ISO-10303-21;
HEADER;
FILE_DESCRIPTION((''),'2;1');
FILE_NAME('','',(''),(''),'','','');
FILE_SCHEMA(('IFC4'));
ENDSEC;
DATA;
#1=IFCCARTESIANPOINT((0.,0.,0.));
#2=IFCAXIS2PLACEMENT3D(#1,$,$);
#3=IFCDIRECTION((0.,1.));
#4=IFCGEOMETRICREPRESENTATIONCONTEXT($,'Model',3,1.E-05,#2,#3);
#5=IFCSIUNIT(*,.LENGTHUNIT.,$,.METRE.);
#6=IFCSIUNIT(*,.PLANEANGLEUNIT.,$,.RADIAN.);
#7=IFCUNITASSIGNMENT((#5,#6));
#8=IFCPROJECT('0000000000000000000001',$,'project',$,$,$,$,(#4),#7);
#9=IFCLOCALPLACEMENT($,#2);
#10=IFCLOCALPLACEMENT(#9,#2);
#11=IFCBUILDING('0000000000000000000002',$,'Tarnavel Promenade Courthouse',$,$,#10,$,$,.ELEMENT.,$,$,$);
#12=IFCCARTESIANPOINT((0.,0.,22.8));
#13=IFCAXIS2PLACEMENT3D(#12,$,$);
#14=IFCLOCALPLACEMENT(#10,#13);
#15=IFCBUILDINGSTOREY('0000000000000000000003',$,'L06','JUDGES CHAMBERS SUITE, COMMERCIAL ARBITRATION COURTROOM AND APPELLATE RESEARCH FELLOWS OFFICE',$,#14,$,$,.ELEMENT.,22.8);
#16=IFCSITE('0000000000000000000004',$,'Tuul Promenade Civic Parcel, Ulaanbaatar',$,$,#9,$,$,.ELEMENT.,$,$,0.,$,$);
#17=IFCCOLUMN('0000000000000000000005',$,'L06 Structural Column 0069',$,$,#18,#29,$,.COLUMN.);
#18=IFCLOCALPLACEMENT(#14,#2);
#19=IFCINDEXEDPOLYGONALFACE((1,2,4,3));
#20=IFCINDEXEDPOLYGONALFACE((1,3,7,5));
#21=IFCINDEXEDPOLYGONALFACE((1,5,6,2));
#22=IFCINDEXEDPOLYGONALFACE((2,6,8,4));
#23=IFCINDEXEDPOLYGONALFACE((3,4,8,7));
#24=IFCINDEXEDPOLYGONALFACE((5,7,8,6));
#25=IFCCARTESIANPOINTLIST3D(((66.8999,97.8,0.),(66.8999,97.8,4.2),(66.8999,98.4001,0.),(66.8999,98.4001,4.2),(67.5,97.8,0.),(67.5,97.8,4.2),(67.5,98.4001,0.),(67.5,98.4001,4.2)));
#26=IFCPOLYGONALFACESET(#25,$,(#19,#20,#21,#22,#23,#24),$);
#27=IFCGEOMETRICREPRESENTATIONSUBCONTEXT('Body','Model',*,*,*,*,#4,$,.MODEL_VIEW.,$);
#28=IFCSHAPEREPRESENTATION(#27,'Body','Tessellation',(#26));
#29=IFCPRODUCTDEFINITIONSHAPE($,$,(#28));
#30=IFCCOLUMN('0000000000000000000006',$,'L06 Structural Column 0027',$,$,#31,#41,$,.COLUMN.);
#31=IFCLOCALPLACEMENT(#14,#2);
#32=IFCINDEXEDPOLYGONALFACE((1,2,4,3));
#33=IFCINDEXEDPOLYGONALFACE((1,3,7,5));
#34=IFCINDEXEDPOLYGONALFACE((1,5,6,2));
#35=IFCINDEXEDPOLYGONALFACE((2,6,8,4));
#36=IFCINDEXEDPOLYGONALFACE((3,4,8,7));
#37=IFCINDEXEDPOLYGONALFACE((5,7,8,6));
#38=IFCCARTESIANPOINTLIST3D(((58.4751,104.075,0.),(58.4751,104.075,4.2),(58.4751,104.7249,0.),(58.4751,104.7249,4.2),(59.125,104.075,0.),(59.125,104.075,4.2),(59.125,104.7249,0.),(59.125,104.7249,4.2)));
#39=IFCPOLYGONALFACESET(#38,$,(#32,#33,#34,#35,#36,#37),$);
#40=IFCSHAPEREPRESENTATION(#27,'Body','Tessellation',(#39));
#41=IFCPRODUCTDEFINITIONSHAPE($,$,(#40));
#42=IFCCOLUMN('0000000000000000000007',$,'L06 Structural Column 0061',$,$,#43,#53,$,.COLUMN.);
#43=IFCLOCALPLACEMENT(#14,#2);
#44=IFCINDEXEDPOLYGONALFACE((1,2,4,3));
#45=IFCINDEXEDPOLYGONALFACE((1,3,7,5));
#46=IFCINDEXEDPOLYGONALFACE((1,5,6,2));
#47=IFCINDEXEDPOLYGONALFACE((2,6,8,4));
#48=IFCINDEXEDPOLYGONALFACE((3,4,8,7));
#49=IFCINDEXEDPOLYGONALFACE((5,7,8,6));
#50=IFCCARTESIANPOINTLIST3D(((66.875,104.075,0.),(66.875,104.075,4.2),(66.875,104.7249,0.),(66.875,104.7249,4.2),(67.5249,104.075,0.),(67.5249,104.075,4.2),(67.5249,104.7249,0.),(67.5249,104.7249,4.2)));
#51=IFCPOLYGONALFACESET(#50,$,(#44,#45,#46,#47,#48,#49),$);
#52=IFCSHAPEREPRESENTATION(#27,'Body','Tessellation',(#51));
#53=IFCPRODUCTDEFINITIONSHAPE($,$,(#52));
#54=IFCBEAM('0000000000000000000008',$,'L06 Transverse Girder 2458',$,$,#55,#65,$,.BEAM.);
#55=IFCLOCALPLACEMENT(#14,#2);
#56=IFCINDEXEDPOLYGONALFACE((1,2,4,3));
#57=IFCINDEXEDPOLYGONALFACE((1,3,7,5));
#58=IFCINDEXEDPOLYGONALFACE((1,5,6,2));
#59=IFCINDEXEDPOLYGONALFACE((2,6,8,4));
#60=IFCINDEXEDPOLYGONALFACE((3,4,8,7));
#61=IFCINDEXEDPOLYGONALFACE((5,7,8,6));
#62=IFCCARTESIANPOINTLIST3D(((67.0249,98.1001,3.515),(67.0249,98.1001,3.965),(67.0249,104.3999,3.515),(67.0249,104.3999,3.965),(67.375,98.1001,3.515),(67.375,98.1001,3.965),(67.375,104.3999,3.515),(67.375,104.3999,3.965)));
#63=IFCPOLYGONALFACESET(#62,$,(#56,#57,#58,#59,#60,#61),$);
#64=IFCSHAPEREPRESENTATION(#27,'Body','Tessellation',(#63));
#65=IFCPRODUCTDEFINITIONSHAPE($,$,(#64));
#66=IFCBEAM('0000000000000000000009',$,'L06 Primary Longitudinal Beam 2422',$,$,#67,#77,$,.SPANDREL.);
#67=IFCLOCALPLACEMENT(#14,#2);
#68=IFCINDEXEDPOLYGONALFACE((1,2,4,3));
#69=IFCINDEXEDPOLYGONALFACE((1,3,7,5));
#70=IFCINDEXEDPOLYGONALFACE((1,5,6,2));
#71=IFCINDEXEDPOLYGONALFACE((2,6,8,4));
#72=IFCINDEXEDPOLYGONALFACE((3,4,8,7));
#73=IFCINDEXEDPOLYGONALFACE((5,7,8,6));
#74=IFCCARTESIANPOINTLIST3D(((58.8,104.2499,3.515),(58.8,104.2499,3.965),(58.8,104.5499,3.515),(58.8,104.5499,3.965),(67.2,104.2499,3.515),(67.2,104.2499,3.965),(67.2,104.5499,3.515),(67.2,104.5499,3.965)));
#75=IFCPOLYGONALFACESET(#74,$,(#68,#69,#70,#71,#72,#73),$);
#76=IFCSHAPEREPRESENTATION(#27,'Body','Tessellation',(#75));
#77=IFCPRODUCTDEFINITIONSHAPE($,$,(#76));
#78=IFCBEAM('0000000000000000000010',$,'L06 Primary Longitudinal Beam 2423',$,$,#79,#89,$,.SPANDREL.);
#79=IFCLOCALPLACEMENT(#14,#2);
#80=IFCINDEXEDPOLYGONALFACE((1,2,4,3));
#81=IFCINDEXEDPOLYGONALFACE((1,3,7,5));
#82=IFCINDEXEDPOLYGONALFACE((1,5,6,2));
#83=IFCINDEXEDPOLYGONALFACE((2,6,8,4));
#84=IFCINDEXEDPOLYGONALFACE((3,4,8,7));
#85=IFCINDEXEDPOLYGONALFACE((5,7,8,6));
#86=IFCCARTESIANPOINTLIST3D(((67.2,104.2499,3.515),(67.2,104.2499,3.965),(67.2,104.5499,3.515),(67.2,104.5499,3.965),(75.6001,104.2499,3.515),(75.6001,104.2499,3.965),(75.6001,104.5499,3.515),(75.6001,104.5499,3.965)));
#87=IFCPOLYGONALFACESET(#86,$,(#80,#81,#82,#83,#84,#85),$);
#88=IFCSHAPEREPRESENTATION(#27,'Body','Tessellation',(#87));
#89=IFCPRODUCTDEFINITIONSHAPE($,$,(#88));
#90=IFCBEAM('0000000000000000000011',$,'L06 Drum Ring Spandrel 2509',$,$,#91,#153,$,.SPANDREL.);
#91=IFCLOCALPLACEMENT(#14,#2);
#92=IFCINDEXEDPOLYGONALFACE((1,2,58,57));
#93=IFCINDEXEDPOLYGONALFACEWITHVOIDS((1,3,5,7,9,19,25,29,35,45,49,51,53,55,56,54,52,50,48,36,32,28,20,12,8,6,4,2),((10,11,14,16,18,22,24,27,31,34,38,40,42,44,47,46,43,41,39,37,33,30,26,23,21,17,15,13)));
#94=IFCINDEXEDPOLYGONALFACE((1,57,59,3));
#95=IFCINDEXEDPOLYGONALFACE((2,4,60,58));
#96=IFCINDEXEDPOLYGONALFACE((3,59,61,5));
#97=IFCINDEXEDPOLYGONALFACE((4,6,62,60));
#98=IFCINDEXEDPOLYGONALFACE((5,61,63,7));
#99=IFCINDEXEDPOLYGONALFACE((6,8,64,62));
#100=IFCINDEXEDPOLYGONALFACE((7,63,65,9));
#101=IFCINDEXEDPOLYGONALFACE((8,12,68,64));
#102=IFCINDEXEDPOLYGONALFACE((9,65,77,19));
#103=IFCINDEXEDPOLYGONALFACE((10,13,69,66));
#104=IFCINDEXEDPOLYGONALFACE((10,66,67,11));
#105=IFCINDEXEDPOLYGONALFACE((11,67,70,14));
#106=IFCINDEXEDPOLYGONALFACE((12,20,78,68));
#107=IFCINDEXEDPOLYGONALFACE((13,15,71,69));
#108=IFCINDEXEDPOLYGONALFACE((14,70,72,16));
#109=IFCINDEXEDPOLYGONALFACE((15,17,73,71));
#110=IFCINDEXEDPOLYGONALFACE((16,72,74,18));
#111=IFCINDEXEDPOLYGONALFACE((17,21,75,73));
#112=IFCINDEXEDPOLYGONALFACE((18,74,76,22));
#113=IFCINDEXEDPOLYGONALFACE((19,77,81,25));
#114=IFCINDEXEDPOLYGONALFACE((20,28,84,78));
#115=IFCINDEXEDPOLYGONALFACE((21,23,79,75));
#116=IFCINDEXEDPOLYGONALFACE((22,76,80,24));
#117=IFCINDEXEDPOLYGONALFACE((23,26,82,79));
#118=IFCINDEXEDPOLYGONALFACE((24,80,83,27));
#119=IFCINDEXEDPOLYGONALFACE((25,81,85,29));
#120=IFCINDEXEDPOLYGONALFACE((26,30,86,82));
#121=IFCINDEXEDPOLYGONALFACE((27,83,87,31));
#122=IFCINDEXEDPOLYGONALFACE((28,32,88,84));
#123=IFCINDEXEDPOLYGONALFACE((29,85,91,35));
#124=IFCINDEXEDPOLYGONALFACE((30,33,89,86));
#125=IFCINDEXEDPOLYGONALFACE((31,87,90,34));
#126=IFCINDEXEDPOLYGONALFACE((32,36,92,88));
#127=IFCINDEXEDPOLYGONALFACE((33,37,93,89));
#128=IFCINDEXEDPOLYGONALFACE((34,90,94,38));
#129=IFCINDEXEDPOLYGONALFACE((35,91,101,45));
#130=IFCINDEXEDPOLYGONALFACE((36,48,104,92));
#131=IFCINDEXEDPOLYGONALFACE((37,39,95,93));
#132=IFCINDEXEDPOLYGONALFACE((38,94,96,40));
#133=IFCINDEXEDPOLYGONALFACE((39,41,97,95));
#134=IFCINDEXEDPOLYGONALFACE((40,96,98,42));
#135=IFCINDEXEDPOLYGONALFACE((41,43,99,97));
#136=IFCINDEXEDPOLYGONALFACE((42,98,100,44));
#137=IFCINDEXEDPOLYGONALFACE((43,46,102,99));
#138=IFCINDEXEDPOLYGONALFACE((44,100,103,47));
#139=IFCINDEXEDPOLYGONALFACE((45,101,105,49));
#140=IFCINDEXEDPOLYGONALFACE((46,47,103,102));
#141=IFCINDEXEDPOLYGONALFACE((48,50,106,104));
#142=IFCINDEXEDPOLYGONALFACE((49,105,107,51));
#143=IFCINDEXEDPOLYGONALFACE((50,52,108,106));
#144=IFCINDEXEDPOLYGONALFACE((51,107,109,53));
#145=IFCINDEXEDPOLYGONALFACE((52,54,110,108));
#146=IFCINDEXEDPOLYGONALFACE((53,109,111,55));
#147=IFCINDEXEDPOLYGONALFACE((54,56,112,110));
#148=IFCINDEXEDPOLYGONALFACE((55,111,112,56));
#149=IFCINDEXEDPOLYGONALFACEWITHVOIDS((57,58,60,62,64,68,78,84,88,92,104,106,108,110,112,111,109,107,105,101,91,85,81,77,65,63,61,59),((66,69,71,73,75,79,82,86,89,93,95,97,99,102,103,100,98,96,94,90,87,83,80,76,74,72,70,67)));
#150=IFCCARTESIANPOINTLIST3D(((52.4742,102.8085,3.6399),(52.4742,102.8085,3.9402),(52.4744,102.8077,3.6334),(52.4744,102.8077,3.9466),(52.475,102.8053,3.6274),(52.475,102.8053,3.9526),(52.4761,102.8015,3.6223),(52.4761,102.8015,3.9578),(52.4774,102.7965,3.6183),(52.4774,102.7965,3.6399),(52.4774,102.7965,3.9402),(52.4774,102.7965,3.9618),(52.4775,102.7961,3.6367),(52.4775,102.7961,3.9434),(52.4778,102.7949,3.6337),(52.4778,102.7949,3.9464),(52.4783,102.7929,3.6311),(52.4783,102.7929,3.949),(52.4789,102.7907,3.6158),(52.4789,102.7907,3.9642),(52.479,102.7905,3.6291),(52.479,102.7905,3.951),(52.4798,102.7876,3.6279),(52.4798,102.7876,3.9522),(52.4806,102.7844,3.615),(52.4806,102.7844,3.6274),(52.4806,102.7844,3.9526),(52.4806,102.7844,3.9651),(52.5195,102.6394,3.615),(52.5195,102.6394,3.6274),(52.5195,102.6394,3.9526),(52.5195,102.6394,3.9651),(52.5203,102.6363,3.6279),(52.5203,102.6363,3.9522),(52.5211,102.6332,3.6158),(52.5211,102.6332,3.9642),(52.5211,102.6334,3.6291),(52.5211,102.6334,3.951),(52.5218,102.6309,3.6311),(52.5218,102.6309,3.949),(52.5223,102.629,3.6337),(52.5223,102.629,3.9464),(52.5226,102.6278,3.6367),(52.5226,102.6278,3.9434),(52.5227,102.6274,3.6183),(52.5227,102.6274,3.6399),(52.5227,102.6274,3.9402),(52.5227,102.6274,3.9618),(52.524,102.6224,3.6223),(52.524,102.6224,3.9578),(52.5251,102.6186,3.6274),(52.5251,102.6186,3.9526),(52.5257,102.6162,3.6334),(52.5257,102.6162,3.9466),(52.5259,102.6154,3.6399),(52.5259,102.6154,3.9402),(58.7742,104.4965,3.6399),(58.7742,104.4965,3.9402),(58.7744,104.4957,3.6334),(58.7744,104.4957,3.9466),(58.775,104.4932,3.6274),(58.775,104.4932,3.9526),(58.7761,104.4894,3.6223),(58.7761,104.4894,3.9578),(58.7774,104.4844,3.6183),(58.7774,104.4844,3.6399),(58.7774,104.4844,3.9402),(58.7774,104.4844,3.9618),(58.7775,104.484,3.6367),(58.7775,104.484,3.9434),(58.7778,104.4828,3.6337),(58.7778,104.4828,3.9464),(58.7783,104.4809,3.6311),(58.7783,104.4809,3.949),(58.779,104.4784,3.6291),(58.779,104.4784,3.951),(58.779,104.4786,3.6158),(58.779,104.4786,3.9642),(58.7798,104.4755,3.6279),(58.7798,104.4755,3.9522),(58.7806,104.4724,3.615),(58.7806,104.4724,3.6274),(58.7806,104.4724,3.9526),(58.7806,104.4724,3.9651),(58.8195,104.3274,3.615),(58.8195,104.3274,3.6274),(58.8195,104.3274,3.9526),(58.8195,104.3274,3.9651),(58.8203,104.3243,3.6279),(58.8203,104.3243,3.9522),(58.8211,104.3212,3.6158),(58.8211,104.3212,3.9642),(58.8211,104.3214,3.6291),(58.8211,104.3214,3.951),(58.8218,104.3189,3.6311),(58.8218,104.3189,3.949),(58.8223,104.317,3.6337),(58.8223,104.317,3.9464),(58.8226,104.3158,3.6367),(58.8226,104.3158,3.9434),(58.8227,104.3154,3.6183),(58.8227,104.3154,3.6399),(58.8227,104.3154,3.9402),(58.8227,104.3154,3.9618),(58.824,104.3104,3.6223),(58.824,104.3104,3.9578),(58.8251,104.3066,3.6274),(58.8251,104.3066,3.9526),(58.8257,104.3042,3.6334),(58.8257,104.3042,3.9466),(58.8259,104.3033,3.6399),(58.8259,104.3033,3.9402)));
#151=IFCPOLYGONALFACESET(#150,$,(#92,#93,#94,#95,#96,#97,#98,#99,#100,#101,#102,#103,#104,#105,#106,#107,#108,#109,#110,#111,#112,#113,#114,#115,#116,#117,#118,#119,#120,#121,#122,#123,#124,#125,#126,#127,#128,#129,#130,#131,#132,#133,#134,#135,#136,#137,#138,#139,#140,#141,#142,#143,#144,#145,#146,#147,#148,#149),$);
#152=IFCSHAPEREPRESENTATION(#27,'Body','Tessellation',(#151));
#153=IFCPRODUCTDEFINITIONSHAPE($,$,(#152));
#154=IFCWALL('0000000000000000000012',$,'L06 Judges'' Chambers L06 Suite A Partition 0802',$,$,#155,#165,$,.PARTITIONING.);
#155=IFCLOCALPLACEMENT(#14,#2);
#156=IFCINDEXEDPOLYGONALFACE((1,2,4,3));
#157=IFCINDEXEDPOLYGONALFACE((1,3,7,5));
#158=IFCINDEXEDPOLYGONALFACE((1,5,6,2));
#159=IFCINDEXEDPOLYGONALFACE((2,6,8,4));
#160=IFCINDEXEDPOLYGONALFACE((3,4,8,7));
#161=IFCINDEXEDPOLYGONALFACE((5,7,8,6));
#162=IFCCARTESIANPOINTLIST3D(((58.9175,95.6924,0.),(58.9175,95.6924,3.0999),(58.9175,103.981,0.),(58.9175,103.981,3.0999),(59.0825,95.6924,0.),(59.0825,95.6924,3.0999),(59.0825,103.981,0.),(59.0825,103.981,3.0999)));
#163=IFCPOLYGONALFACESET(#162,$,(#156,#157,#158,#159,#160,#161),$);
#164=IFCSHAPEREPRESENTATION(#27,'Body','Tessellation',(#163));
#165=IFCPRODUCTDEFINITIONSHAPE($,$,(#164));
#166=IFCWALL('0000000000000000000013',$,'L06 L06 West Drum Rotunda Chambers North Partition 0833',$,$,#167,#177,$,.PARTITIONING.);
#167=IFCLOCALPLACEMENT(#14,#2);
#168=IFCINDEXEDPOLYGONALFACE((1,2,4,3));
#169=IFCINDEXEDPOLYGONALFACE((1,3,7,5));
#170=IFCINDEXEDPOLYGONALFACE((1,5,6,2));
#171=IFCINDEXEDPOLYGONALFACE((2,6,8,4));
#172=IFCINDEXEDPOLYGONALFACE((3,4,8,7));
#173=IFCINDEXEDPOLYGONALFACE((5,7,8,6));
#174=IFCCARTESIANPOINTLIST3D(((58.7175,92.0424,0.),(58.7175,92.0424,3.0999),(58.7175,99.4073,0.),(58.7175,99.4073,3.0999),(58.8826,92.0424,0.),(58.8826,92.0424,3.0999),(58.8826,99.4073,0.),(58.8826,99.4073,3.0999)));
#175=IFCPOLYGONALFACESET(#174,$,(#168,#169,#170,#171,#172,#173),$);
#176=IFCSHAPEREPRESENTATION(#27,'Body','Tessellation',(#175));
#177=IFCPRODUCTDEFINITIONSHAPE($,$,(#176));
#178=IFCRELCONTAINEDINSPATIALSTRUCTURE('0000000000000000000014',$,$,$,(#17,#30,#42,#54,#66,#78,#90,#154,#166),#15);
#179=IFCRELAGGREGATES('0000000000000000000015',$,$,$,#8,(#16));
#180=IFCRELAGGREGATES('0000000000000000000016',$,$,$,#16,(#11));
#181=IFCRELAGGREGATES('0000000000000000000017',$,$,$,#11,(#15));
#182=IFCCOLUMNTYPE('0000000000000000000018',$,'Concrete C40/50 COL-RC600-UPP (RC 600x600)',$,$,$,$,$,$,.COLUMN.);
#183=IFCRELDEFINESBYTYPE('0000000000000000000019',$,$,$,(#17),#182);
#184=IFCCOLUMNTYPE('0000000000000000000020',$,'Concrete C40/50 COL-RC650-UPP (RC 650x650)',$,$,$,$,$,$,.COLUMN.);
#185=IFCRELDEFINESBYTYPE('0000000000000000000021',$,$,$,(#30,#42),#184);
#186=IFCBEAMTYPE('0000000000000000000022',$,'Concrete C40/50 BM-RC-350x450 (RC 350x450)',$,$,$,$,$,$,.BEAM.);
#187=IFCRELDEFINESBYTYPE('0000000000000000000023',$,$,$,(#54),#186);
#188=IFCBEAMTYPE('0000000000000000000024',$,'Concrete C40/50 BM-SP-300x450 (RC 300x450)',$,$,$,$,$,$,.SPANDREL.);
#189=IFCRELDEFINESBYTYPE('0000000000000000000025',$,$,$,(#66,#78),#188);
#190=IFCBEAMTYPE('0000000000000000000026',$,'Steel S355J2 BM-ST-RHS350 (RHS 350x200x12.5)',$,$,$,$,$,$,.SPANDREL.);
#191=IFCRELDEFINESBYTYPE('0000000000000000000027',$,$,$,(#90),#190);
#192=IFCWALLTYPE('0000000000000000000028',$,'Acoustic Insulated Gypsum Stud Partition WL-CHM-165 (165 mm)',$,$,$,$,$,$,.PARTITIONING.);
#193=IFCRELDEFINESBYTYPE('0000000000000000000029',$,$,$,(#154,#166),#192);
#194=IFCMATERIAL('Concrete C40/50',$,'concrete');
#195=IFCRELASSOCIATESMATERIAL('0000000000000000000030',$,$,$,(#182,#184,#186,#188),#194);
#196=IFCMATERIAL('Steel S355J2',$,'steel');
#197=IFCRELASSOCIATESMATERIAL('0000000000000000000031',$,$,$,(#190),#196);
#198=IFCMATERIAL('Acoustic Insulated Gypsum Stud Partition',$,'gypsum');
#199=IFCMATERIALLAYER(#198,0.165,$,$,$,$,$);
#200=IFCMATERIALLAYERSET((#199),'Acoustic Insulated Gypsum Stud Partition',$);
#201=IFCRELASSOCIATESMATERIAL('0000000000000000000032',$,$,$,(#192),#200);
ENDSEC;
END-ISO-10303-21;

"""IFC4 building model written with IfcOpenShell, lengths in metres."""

from ifc_helpers import new_model, si_unit, direction, frame, frame_2d, origin, origin_2d, place, context, subcontext, project, spatial, rectangle, hollow_rectangle, extrude, material, layer, layer_set, material_profile, profile_set, type_object, element, save


model = new_model("IFC4")

# Units and contexts
model_context = context("Model", 3, precision=1e-05, world=origin(), true_north=direction((0.0, 1.0)))
body_context = subcontext(model_context, "Body", "Model", "MODEL_VIEW")
ifc_project = project(units=[si_unit("LENGTHUNIT", "METRE"), si_unit("PLANEANGLEUNIT", "RADIAN")], contexts=[model_context])

# Site, building, storey
site_placement = place(None, origin())
site = spatial("IfcSite", under=ifc_project, at=site_placement, Name="Tuul Promenade Civic Parcel, Ulaanbaatar", CompositionType="ELEMENT", RefElevation=0.0)
building_placement = place(site_placement, origin())
building = spatial("IfcBuilding", under=site, at=building_placement, Name="Tarnavel Promenade Courthouse", CompositionType="ELEMENT")
storey_placement = place(building_placement, frame((0.0, 0.0, 22.8)))
storey = spatial("IfcBuildingStorey", under=building, at=storey_placement, Name="L06", Description="JUDGES CHAMBERS SUITE, COMMERCIAL ARBITRATION COURTROOM AND APPELLATE RESEARCH FELLOWS OFFICE", CompositionType="ELEMENT", Elevation=22.8)

# Columns
ifc_material_1 = material(Name="Concrete C40/50", Category="concrete")
ifc_material_profile_1 = material_profile(ifc_material_1, rectangle(XDim=0.6001, YDim=0.6001, at=origin_2d()), Name="RC 600x600")
ifc_profile_set_1 = profile_set([ifc_material_profile_1], Name="Concrete C40/50")
column_type_1 = type_object("IfcColumnType", Name="Concrete C40/50 COL-RC600-UPP (RC 600x600)", PredefinedType="COLUMN", material=ifc_profile_set_1)
column_placement = place(storey_placement, frame((67.2, 98.1001, 0.0), z_axis=(0.0, 0.0, 1.0), x_axis=(1.0, 0.0, 0.0)))
element("IfcColumn", 1, at=column_placement, inside=storey, type_object=column_type_1, Name="L06 Structural Column 0069", PredefinedType="COLUMN", context=body_context, shape_type="SweptSolid", body=[
    extrude(rectangle(XDim=0.6001, YDim=0.6001, at=origin_2d()), origin(), (0.0, 0.0, 1.0), 4.2),
])
ifc_material_profile_2 = material_profile(ifc_material_1, rectangle(XDim=0.6499, YDim=0.6499, at=origin_2d()), Name="RC 650x650")
ifc_profile_set_2 = profile_set([ifc_material_profile_2], Name="Concrete C40/50")
column_type_2 = type_object("IfcColumnType", Name="Concrete C40/50 COL-RC650-UPP (RC 650x650)", PredefinedType="COLUMN", material=ifc_profile_set_2)
for number, where, z_axis, x_axis, name in (
    (2, (58.8, 104.3999, 0.0), (0.0, 0.0, 1.0), (1.0, 0.0, 0.0), "L06 Structural Column 0027"),
    (3, (67.2, 104.3999, 0.0), (0.0, 0.0, 1.0), (1.0, 0.0, 0.0), "L06 Structural Column 0061"),
):
    element("IfcColumn", number, at=place(storey_placement, frame(where, z_axis=z_axis, x_axis=x_axis)), inside=storey, type_object=column_type_2, Name=name, PredefinedType="COLUMN", context=body_context, shape_type="SweptSolid", body=[
        extrude(rectangle(XDim=0.6499, YDim=0.6499, at=origin_2d()), origin(), (0.0, 0.0, 1.0), 4.2),
    ])

# Beams
ifc_material_profile_3 = material_profile(ifc_material_1, rectangle(XDim=0.3501, YDim=0.45, at=origin_2d()), Name="RC 350x450")
ifc_profile_set_3 = profile_set([ifc_material_profile_3], Name="Concrete C40/50")
beam_type_1 = type_object("IfcBeamType", Name="Concrete C40/50 BM-RC-350x450 (RC 350x450)", PredefinedType="BEAM", material=ifc_profile_set_3)
beam_1_placement = place(storey_placement, frame((67.2, 98.1001, 3.74), z_axis=(0.0, 1.0, 0.0), x_axis=(-1.0, 0.0, 0.0)))
element("IfcBeam", 4, at=beam_1_placement, inside=storey, type_object=beam_type_1, Name="L06 Transverse Girder 2458", PredefinedType="BEAM", context=body_context, shape_type="SweptSolid", body=[
    extrude(rectangle(XDim=0.3501, YDim=0.45, at=origin_2d()), origin(), (0.0, 0.0, 1.0), 6.2998),
])
ifc_material_profile_4 = material_profile(ifc_material_1, rectangle(XDim=0.3, YDim=0.45, at=origin_2d()), Name="RC 300x450")
ifc_profile_set_4 = profile_set([ifc_material_profile_4], Name="Concrete C40/50")
beam_type_2 = type_object("IfcBeamType", Name="Concrete C40/50 BM-SP-300x450 (RC 300x450)", PredefinedType="SPANDREL", material=ifc_profile_set_4)
beam_2_placement = place(storey_placement, frame((58.8, 104.3999, 3.74), z_axis=(1.0, 0.0, 0.0), x_axis=(0.0, 1.0, 0.0)))
element("IfcBeam", 5, at=beam_2_placement, inside=storey, type_object=beam_type_2, Name="L06 Primary Longitudinal Beam 2422", PredefinedType="SPANDREL", context=body_context, shape_type="SweptSolid", body=[
    extrude(rectangle(XDim=0.3, YDim=0.45, at=origin_2d()), origin(), (0.0, 0.0, 1.0), 8.3999),
])
beam_3_placement = place(storey_placement, frame((67.2, 104.3999, 3.74), z_axis=(1.0, 0.0, 0.0), x_axis=(0.0, 1.0, 0.0)))
element("IfcBeam", 6, at=beam_3_placement, inside=storey, type_object=beam_type_2, Name="L06 Primary Longitudinal Beam 2423", PredefinedType="SPANDREL", context=body_context, shape_type="SweptSolid", body=[
    extrude(rectangle(XDim=0.3, YDim=0.45, at=origin_2d()), origin(), (0.0, 0.0, 1.0), 8.4001),
])
ifc_material_2 = material(Name="Steel S355J2", Category="steel")
ifc_material_profile_5 = material_profile(ifc_material_2, hollow_rectangle(XDim=0.2, YDim=0.3501, WallThickness=0.0125, InnerFilletRadius=0.0125, OuterFilletRadius=0.0249, at=origin_2d()), Name="RHS 350x200x12.5")
ifc_profile_set_5 = profile_set([ifc_material_profile_5], Name="Steel S355J2")
beam_type_3 = type_object("IfcBeamType", Name="Steel S355J2 BM-ST-RHS350 (RHS 350x200x12.5)", PredefinedType="SPANDREL", material=ifc_profile_set_5)
beam_4_placement = place(storey_placement, frame((58.8, 104.3999, 3.79), z_axis=(-0.96593, -0.258804, 0.0), x_axis=(0.258804, -0.96593, 0.0)))
element("IfcBeam", 7, at=beam_4_placement, inside=storey, type_object=beam_type_3, Name="L06 Drum Ring Spandrel 2509", PredefinedType="SPANDREL", context=body_context, shape_type="SweptSolid", body=[
    extrude(hollow_rectangle(XDim=0.2, YDim=0.3501, WallThickness=0.0125, InnerFilletRadius=0.0125, OuterFilletRadius=0.0249, at=origin_2d()), origin(), (0.0, 0.0, 1.0), 6.5222),
])

# Walls
ifc_material_3 = material(Name="Acoustic Insulated Gypsum Stud Partition", Category="gypsum")
ifc_layer_1 = layer(ifc_material_3, 0.165)
ifc_layer_set_1 = layer_set([ifc_layer_1], Name="Acoustic Insulated Gypsum Stud Partition")
wall_type_1 = type_object("IfcWallType", Name="Acoustic Insulated Gypsum Stud Partition WL-CHM-165 (165 mm)", PredefinedType="PARTITIONING", material=ifc_layer_set_1)
wall_1_placement = place(storey_placement, frame((59.0, 95.6924, 0.0), z_axis=(0.0, 0.0, 1.0), x_axis=(0.0, 1.0, 0.0)))
element("IfcWall", 8, at=wall_1_placement, inside=storey, type_object=wall_type_1, Name="L06 Judges' Chambers L06 Suite A Partition 0802", PredefinedType="PARTITIONING", context=body_context, shape_type="SweptSolid", body=[
    extrude(rectangle(XDim=8.2886, YDim=0.165, at=frame_2d((4.1443, 0.0))), origin(), (0.0, 0.0, 1.0), 3.0999),
])
wall_2_placement = place(storey_placement, frame((58.8, 99.4075, 0.0), z_axis=(0.0, 0.0, 1.0), x_axis=(0.0, -1.0, 0.0)))
element("IfcWall", 9, at=wall_2_placement, inside=storey, type_object=wall_type_1, Name="L06 L06 West Drum Rotunda Chambers North Partition 0833", PredefinedType="PARTITIONING", context=body_context, shape_type="SweptSolid", body=[
    extrude(rectangle(XDim=7.365, YDim=0.165, at=frame_2d((3.6826, 0.0))), origin(), (0.0, 0.0, 1.0), 3.0999),
])

save(model, "model.ifc")
